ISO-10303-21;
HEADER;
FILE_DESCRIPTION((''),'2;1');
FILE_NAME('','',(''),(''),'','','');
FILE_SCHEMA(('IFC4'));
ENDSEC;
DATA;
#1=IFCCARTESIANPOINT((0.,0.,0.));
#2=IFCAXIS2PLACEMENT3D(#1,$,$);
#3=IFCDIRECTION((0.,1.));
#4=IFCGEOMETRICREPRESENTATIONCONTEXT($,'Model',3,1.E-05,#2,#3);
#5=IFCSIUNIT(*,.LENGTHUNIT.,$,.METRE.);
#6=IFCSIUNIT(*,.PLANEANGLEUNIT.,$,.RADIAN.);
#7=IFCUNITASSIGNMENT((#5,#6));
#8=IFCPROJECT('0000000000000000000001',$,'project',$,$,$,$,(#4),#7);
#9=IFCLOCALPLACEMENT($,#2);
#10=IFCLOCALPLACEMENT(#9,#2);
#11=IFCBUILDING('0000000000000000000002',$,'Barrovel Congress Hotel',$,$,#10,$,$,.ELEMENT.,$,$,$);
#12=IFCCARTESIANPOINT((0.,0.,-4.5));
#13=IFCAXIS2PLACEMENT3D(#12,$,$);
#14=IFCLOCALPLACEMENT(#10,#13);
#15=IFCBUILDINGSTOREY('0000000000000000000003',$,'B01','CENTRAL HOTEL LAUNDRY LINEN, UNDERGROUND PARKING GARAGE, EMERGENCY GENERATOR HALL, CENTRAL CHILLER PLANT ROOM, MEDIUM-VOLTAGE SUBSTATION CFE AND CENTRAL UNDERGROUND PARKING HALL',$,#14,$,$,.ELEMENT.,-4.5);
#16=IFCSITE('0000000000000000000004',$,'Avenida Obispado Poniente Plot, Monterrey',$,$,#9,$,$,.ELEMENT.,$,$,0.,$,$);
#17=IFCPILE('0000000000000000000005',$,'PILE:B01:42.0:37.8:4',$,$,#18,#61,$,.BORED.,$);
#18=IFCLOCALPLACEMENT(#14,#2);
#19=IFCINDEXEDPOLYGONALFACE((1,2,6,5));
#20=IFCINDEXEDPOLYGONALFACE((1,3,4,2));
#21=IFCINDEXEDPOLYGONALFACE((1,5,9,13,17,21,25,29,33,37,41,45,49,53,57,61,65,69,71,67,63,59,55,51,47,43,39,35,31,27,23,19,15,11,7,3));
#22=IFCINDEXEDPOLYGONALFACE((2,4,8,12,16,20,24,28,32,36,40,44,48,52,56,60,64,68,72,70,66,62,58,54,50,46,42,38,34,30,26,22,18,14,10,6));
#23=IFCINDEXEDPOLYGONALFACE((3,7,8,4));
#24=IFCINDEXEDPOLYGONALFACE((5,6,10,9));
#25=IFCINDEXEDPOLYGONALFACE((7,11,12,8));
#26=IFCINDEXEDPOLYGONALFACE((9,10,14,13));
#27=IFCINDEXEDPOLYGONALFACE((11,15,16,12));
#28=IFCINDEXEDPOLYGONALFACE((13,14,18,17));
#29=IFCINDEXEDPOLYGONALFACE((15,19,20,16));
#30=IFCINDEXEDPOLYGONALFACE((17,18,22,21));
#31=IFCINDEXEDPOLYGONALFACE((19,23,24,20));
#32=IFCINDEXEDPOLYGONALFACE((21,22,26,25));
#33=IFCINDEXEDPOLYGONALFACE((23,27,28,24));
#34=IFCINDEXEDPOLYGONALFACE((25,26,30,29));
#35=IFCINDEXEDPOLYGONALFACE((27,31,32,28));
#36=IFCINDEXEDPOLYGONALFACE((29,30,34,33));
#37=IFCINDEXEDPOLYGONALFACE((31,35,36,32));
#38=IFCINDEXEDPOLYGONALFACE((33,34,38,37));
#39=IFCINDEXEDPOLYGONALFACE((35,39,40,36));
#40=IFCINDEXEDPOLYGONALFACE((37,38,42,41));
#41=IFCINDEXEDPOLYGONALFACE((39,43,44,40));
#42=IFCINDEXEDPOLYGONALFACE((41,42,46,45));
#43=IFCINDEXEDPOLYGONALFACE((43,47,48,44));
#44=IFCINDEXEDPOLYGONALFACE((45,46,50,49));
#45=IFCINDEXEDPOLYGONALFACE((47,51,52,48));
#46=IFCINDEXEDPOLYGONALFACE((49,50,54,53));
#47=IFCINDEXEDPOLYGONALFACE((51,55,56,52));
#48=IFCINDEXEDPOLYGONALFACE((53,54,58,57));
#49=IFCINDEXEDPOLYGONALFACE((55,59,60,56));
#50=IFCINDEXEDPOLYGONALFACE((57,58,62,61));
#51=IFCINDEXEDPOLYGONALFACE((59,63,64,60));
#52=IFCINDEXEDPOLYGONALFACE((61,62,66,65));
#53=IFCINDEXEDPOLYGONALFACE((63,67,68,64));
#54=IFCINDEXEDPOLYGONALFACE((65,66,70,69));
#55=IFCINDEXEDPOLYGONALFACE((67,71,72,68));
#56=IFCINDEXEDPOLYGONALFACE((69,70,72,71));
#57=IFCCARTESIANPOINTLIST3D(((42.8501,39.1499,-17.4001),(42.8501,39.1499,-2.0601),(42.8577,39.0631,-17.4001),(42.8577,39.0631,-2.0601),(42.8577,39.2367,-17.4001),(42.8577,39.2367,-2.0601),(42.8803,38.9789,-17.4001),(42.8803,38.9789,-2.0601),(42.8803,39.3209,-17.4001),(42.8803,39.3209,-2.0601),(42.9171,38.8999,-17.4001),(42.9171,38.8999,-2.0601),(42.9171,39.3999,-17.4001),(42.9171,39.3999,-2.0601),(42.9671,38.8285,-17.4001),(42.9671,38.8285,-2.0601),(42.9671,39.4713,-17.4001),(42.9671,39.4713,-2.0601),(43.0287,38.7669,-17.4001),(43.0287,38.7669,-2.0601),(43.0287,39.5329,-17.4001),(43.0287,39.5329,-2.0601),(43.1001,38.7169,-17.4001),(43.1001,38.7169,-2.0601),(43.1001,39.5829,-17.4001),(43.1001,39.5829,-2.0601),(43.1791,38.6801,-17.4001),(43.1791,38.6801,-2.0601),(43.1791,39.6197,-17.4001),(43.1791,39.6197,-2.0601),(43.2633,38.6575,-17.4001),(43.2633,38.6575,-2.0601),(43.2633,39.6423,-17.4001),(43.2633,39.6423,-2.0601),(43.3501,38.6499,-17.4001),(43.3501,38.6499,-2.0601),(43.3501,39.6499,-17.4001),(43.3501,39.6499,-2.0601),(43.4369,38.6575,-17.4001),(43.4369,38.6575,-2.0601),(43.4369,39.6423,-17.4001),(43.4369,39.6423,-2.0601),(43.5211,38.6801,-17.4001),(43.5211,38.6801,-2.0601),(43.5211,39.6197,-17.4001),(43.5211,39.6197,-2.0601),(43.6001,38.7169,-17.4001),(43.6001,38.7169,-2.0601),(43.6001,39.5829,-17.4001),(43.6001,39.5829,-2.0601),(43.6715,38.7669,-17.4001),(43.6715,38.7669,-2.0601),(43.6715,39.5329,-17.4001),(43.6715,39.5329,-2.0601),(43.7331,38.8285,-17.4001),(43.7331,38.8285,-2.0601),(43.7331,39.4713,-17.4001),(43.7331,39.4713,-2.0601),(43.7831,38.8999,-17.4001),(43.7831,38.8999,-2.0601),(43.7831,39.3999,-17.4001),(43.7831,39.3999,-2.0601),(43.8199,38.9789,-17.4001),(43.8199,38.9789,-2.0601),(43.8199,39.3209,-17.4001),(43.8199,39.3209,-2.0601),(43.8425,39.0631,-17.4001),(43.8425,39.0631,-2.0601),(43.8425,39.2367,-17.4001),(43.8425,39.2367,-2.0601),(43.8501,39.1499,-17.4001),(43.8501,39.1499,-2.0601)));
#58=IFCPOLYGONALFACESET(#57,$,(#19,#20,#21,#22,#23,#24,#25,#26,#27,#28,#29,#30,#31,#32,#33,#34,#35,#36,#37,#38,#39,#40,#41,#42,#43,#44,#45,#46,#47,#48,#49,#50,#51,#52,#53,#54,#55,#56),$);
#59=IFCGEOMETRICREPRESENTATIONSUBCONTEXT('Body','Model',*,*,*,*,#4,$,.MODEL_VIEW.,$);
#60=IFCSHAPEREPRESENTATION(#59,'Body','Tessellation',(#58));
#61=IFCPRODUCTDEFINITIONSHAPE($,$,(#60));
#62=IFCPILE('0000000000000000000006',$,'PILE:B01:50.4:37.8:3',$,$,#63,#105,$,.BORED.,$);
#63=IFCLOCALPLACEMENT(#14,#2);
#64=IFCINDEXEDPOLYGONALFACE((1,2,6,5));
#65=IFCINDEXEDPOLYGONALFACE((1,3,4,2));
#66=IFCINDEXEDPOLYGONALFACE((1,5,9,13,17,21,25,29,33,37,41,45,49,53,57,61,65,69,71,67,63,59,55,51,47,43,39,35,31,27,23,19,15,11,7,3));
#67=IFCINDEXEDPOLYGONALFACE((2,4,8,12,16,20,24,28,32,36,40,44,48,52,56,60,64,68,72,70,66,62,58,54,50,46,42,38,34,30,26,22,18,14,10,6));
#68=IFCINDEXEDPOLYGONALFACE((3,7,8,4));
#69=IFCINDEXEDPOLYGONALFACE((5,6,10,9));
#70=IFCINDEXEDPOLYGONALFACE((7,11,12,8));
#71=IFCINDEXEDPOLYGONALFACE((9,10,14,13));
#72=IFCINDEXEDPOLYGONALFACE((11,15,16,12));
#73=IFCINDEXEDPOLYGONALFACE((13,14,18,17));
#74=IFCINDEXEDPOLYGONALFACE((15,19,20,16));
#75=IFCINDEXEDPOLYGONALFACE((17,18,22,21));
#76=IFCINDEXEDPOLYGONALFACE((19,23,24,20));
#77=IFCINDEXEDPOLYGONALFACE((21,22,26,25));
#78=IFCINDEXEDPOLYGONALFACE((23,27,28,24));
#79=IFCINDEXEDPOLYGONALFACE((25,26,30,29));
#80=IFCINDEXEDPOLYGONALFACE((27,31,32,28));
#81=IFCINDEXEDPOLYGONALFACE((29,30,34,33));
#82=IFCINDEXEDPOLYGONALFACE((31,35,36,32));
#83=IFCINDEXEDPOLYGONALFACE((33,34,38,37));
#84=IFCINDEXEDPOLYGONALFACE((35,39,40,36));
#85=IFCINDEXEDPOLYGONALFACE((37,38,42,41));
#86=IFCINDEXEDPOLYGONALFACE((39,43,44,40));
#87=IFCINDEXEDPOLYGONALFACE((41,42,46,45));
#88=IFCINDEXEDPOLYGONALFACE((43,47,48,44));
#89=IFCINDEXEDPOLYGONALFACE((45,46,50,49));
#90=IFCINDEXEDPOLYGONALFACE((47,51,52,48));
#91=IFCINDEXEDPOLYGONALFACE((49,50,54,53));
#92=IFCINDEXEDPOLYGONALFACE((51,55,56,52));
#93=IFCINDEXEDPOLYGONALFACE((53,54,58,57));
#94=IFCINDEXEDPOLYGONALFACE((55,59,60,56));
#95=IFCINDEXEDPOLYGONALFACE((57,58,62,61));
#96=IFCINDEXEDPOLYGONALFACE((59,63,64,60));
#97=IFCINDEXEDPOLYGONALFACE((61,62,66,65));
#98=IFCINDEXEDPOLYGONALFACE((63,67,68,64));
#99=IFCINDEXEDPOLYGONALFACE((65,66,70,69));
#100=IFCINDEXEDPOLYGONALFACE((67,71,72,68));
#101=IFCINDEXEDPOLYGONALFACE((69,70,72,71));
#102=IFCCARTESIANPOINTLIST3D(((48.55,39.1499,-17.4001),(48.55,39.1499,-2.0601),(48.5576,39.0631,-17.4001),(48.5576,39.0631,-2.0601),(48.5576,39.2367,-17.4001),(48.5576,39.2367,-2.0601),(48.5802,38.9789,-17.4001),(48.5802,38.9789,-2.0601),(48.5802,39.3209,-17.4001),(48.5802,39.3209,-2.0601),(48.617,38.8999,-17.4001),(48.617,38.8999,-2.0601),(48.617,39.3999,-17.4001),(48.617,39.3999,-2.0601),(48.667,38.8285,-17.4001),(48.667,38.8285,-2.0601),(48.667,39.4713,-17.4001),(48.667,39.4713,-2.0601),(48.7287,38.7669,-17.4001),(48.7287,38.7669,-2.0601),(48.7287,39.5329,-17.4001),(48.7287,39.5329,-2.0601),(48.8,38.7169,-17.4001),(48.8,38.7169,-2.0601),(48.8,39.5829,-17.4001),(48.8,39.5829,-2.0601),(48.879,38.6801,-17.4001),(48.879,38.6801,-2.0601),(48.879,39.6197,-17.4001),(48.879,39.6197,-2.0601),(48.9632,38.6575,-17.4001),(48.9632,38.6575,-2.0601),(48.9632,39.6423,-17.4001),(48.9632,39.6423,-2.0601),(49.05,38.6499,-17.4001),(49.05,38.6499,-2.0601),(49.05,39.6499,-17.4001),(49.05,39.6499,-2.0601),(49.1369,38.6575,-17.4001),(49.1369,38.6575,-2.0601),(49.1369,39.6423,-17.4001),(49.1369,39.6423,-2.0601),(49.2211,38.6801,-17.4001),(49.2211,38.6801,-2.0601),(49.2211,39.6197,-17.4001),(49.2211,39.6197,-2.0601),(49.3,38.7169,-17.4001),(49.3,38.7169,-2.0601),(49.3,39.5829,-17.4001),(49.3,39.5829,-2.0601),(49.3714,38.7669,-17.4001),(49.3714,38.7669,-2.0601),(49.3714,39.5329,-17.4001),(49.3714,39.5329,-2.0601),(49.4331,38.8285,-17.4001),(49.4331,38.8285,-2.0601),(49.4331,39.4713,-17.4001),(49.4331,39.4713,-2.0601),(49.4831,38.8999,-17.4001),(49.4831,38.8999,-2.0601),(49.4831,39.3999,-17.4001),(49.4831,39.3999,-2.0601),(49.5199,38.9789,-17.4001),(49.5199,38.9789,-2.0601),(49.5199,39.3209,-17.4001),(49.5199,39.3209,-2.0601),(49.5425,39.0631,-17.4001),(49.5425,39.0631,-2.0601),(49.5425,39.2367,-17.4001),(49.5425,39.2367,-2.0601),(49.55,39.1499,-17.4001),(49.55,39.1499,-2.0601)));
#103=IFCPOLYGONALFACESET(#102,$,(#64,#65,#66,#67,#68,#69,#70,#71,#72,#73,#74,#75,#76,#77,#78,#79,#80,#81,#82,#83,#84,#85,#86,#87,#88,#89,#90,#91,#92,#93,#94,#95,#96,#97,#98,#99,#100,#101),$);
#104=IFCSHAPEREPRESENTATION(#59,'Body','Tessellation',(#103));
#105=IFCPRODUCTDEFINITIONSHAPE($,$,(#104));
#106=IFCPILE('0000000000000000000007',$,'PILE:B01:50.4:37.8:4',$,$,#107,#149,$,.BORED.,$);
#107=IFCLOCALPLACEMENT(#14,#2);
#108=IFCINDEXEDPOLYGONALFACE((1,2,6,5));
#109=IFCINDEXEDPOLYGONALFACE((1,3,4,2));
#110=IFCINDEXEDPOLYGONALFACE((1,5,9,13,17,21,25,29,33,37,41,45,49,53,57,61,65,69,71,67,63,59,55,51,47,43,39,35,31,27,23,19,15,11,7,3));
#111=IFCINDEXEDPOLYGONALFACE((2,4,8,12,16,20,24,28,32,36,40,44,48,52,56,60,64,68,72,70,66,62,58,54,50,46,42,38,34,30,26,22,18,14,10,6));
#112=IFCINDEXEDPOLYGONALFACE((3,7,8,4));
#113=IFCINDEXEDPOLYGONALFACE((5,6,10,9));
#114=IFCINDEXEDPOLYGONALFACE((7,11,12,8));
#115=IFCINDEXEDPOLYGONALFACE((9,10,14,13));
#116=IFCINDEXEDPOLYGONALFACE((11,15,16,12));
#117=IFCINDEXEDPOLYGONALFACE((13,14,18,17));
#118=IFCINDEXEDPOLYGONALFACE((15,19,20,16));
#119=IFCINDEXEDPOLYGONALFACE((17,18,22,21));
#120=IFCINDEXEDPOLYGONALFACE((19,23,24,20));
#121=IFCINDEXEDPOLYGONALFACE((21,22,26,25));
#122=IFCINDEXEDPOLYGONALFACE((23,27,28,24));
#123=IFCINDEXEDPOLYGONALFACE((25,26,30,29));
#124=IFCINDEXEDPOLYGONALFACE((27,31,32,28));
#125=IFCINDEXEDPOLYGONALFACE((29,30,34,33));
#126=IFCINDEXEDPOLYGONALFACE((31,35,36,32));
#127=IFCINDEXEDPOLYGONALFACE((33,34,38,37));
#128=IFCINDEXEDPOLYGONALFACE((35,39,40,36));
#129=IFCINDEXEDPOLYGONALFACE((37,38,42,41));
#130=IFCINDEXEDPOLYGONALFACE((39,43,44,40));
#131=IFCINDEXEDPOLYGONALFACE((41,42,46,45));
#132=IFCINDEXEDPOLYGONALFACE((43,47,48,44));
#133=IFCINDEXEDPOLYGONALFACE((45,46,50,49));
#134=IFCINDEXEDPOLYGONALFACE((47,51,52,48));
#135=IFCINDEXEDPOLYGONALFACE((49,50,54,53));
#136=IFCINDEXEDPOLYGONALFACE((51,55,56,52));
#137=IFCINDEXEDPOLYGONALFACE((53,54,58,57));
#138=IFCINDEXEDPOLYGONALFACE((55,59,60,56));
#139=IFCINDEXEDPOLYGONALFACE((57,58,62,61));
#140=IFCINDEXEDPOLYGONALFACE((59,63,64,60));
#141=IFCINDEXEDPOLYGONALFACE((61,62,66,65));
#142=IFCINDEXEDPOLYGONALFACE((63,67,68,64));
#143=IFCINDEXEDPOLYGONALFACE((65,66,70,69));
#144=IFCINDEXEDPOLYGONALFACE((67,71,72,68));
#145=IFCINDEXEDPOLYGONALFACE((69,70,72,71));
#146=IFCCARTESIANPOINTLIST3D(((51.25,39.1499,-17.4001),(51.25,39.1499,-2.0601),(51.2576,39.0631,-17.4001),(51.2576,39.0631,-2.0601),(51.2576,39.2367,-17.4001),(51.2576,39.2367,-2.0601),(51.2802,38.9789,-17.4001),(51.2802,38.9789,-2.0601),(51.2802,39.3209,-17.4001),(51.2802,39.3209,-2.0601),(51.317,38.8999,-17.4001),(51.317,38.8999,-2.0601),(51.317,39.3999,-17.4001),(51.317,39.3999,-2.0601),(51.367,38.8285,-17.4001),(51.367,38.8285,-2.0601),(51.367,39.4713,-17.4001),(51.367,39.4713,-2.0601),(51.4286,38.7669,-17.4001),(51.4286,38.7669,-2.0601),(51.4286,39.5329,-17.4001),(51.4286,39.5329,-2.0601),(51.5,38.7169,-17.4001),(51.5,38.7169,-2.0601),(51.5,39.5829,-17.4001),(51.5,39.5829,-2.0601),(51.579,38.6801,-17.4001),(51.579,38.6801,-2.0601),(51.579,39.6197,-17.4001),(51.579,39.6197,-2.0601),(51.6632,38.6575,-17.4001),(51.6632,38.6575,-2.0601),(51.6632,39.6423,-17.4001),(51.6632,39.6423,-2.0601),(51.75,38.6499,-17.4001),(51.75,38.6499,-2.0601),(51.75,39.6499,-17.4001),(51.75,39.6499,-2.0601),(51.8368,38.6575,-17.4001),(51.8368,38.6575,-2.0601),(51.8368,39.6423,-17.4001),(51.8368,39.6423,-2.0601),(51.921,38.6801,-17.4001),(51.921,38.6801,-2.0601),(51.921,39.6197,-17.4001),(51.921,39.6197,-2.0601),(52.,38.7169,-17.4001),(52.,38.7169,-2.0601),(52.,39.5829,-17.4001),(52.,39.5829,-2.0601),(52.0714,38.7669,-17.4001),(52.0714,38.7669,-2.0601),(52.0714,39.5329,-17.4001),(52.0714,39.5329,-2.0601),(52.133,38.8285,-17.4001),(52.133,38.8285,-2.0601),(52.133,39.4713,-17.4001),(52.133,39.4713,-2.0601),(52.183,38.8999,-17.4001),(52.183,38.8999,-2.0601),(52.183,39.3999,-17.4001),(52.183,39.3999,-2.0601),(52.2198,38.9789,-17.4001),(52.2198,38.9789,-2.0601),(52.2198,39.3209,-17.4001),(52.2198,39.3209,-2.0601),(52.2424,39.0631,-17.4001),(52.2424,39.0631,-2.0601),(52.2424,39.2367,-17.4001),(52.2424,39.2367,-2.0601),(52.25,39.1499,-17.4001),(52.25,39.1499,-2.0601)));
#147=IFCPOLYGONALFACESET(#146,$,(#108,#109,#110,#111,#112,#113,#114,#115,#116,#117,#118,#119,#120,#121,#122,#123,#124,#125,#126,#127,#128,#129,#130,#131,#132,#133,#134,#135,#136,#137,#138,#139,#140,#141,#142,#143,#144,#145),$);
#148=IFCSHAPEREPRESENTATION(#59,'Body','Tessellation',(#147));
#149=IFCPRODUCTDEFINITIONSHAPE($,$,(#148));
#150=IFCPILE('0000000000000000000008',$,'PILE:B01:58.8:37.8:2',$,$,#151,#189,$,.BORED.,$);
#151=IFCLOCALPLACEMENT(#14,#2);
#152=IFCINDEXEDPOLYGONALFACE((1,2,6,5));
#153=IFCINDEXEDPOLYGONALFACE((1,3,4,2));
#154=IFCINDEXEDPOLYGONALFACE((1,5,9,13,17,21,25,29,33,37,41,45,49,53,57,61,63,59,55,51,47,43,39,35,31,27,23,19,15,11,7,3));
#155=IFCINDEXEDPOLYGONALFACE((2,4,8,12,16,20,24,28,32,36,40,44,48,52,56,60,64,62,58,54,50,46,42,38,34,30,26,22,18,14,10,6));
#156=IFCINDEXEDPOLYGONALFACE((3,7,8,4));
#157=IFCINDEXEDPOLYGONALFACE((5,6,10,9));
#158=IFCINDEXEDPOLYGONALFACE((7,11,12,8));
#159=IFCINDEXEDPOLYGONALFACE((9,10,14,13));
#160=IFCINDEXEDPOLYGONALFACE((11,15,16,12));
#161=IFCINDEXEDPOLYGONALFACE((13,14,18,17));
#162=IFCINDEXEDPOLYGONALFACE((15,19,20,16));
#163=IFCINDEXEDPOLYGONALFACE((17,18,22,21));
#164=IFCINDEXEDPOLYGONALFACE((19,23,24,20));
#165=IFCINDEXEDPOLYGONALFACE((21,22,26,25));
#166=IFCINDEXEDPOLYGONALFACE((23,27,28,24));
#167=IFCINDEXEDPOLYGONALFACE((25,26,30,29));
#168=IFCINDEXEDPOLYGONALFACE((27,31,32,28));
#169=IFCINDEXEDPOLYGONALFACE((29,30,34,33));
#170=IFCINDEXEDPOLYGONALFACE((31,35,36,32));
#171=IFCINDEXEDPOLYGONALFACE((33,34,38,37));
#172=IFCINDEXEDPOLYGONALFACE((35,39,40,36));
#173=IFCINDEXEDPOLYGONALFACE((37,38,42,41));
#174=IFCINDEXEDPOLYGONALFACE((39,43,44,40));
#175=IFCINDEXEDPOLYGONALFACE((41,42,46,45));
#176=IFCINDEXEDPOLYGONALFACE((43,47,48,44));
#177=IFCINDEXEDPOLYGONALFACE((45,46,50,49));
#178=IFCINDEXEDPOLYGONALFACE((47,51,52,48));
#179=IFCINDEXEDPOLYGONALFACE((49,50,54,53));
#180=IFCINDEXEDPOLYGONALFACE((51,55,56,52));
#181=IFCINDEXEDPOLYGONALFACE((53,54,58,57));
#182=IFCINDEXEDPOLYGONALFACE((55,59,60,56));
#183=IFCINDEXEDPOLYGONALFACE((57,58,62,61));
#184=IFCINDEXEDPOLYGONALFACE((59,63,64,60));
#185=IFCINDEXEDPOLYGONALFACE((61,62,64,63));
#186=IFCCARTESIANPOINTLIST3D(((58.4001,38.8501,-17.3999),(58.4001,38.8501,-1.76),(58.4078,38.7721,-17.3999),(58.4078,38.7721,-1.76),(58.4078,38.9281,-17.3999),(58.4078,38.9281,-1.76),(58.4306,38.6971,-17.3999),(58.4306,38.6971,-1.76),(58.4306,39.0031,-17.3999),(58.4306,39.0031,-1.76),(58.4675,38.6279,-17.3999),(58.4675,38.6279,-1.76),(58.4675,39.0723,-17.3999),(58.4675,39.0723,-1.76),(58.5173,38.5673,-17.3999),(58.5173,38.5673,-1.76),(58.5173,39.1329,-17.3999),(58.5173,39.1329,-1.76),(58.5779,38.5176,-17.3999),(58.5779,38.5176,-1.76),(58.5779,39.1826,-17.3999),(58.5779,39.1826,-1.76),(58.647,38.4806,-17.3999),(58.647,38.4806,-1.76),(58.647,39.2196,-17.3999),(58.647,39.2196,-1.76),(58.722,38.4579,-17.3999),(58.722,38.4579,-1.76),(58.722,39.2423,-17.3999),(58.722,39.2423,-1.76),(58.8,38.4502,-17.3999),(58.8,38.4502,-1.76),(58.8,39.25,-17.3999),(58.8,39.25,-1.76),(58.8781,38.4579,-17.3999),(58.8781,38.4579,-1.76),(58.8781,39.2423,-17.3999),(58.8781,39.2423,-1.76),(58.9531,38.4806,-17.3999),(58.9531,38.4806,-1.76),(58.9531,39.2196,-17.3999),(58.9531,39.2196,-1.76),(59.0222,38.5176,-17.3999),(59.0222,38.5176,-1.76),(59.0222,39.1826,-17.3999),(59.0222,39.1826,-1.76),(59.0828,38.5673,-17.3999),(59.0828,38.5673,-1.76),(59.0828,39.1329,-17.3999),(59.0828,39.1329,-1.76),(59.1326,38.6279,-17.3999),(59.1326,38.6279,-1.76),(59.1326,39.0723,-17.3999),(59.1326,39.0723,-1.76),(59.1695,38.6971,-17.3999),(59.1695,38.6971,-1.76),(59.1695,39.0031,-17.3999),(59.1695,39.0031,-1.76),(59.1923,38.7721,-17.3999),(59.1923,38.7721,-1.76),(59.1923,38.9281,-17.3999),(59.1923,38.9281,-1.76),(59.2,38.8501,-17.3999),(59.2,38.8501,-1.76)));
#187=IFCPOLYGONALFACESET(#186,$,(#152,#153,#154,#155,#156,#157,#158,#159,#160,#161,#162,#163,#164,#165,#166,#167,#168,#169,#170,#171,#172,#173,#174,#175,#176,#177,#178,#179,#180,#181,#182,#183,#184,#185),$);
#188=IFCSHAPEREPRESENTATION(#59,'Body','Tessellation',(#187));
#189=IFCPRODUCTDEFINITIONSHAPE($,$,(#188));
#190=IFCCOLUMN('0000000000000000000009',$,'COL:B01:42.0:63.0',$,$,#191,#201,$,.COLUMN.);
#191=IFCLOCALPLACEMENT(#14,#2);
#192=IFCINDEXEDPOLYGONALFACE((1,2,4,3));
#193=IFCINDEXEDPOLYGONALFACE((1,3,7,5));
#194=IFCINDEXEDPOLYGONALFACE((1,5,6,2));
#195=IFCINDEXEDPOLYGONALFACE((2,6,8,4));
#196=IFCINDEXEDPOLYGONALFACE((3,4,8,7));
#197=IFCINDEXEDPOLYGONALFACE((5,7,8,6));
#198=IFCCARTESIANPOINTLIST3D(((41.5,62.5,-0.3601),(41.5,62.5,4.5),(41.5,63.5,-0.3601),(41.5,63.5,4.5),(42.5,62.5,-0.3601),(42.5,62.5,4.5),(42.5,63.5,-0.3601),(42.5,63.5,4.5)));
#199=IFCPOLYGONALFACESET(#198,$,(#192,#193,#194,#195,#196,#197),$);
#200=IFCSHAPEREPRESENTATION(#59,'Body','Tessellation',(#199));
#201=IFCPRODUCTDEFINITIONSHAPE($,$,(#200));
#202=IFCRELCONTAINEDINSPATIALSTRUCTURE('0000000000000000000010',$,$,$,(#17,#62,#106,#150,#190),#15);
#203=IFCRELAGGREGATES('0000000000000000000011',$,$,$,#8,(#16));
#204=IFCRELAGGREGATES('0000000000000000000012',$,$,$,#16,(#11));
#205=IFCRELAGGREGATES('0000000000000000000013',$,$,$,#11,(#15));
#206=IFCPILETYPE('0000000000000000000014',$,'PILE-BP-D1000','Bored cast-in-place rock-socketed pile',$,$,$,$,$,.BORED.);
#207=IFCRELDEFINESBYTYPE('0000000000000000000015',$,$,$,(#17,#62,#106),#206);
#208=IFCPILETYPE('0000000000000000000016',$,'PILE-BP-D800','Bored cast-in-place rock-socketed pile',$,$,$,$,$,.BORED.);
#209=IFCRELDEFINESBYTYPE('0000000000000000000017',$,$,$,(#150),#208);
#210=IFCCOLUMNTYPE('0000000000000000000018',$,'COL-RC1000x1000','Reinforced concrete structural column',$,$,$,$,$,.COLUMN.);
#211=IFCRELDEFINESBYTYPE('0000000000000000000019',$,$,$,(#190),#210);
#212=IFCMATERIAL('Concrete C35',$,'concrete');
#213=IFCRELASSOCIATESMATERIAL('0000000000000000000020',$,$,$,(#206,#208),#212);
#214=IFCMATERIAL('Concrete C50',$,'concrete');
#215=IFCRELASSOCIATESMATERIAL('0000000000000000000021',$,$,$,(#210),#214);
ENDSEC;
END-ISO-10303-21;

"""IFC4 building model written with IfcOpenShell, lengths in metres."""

from ifc_helpers import new_model, si_unit, direction, frame, origin, origin_2d, place, context, subcontext, project, spatial, rectangle, circle, extrude, material, material_profile, profile_set, type_object, element, save


model = new_model("IFC4")

# Units and contexts
model_context = context("Model", 3, precision=1e-05, world=origin(), true_north=direction((0.0, 1.0)))
body_context = subcontext(model_context, "Body", "Model", "MODEL_VIEW")
ifc_project = project(units=[si_unit("LENGTHUNIT", "METRE"), si_unit("PLANEANGLEUNIT", "RADIAN")], contexts=[model_context])

# Site, building, storey
site_placement = place(None, origin())
site = spatial("IfcSite", under=ifc_project, at=site_placement, Name="Avenida Obispado Poniente Plot, Monterrey", CompositionType="ELEMENT", RefElevation=0.0)
building_placement = place(site_placement, origin())
building = spatial("IfcBuilding", under=site, at=building_placement, Name="Barrovel Congress Hotel", CompositionType="ELEMENT")
storey_placement = place(building_placement, frame((0.0, 0.0, -4.5)))
storey = spatial("IfcBuildingStorey", under=building, at=storey_placement, Name="B01", Description="CENTRAL HOTEL LAUNDRY LINEN, UNDERGROUND PARKING GARAGE, EMERGENCY GENERATOR HALL, CENTRAL CHILLER PLANT ROOM, MEDIUM-VOLTAGE SUBSTATION CFE AND CENTRAL UNDERGROUND PARKING HALL", CompositionType="ELEMENT", Elevation=-4.5)

# Piles
ifc_material_1 = material(Name="Concrete C35", Category="concrete")
ifc_material_profile_1 = material_profile(ifc_material_1, circle(Radius=0.5, at=origin_2d()), Name="BP-D1000")
ifc_profile_set_1 = profile_set([ifc_material_profile_1], Name="Concrete C35")
pile_type_1 = type_object("IfcPileType", Name="PILE-BP-D1000", Description="Bored cast-in-place rock-socketed pile", PredefinedType="BORED", material=ifc_profile_set_1)
for number, where, z_axis, x_axis, name in (
    (1, (43.3501, 39.1499, -2.0601), (0.0, 0.0, -1.0), (1.0, 0.0, 0.0), "PILE:B01:42.0:37.8:4"),
    (2, (49.05, 39.1499, -2.0601), (0.0, 0.0, -1.0), (1.0, 0.0, 0.0), "PILE:B01:50.4:37.8:3"),
    (3, (51.75, 39.1499, -2.0601), (0.0, 0.0, -1.0), (1.0, 0.0, 0.0), "PILE:B01:50.4:37.8:4"),
):
    element("IfcPile", number, at=place(storey_placement, frame(where, z_axis=z_axis, x_axis=x_axis)), inside=storey, type_object=pile_type_1, Name=name, PredefinedType="BORED", context=body_context, shape_type="SweptSolid", body=[
        extrude(circle(Radius=0.5, at=origin_2d()), origin(), (0.0, 0.0, 1.0), 15.3401),
    ])
ifc_material_profile_2 = material_profile(ifc_material_1, circle(Radius=0.3999, at=origin_2d()), Name="BP-D800")
ifc_profile_set_2 = profile_set([ifc_material_profile_2], Name="Concrete C35")
pile_type_2 = type_object("IfcPileType", Name="PILE-BP-D800", Description="Bored cast-in-place rock-socketed pile", PredefinedType="BORED", material=ifc_profile_set_2)
pile_placement = place(storey_placement, frame((58.8, 38.8501, -1.76), z_axis=(0.0, 0.0, -1.0), x_axis=(1.0, 0.0, 0.0)))
element("IfcPile", 4, at=pile_placement, inside=storey, type_object=pile_type_2, Name="PILE:B01:58.8:37.8:2", PredefinedType="BORED", context=body_context, shape_type="SweptSolid", body=[
    extrude(circle(Radius=0.3999, at=origin_2d()), origin(), (0.0, 0.0, 1.0), 15.6399),
])

# Column
ifc_material_2 = material(Name="Concrete C50", Category="concrete")
ifc_material_profile_3 = material_profile(ifc_material_2, rectangle(XDim=1.0, YDim=1.0, at=origin_2d()), Name="RC1000x1000")
ifc_profile_set_3 = profile_set([ifc_material_profile_3], Name="Concrete C50")
column_type_1 = type_object("IfcColumnType", Name="COL-RC1000x1000", Description="Reinforced concrete structural column", PredefinedType="COLUMN", material=ifc_profile_set_3)
for number, where, z_axis, x_axis, name in (
    (5, (42.0, 63.0, -0.3601), (0.0, 0.0, 1.0), (1.0, 0.0, 0.0), "COL:B01:42.0:63.0"),
):
    element("IfcColumn", number, at=place(storey_placement, frame(where, z_axis=z_axis, x_axis=x_axis)), inside=storey, type_object=column_type_1, Name=name, PredefinedType="COLUMN", context=body_context, shape_type="SweptSolid", body=[
        extrude(rectangle(XDim=1.0, YDim=1.0, at=origin_2d()), origin(), (0.0, 0.0, 1.0), 4.8601),
    ])

save(model, "model.ifc")
